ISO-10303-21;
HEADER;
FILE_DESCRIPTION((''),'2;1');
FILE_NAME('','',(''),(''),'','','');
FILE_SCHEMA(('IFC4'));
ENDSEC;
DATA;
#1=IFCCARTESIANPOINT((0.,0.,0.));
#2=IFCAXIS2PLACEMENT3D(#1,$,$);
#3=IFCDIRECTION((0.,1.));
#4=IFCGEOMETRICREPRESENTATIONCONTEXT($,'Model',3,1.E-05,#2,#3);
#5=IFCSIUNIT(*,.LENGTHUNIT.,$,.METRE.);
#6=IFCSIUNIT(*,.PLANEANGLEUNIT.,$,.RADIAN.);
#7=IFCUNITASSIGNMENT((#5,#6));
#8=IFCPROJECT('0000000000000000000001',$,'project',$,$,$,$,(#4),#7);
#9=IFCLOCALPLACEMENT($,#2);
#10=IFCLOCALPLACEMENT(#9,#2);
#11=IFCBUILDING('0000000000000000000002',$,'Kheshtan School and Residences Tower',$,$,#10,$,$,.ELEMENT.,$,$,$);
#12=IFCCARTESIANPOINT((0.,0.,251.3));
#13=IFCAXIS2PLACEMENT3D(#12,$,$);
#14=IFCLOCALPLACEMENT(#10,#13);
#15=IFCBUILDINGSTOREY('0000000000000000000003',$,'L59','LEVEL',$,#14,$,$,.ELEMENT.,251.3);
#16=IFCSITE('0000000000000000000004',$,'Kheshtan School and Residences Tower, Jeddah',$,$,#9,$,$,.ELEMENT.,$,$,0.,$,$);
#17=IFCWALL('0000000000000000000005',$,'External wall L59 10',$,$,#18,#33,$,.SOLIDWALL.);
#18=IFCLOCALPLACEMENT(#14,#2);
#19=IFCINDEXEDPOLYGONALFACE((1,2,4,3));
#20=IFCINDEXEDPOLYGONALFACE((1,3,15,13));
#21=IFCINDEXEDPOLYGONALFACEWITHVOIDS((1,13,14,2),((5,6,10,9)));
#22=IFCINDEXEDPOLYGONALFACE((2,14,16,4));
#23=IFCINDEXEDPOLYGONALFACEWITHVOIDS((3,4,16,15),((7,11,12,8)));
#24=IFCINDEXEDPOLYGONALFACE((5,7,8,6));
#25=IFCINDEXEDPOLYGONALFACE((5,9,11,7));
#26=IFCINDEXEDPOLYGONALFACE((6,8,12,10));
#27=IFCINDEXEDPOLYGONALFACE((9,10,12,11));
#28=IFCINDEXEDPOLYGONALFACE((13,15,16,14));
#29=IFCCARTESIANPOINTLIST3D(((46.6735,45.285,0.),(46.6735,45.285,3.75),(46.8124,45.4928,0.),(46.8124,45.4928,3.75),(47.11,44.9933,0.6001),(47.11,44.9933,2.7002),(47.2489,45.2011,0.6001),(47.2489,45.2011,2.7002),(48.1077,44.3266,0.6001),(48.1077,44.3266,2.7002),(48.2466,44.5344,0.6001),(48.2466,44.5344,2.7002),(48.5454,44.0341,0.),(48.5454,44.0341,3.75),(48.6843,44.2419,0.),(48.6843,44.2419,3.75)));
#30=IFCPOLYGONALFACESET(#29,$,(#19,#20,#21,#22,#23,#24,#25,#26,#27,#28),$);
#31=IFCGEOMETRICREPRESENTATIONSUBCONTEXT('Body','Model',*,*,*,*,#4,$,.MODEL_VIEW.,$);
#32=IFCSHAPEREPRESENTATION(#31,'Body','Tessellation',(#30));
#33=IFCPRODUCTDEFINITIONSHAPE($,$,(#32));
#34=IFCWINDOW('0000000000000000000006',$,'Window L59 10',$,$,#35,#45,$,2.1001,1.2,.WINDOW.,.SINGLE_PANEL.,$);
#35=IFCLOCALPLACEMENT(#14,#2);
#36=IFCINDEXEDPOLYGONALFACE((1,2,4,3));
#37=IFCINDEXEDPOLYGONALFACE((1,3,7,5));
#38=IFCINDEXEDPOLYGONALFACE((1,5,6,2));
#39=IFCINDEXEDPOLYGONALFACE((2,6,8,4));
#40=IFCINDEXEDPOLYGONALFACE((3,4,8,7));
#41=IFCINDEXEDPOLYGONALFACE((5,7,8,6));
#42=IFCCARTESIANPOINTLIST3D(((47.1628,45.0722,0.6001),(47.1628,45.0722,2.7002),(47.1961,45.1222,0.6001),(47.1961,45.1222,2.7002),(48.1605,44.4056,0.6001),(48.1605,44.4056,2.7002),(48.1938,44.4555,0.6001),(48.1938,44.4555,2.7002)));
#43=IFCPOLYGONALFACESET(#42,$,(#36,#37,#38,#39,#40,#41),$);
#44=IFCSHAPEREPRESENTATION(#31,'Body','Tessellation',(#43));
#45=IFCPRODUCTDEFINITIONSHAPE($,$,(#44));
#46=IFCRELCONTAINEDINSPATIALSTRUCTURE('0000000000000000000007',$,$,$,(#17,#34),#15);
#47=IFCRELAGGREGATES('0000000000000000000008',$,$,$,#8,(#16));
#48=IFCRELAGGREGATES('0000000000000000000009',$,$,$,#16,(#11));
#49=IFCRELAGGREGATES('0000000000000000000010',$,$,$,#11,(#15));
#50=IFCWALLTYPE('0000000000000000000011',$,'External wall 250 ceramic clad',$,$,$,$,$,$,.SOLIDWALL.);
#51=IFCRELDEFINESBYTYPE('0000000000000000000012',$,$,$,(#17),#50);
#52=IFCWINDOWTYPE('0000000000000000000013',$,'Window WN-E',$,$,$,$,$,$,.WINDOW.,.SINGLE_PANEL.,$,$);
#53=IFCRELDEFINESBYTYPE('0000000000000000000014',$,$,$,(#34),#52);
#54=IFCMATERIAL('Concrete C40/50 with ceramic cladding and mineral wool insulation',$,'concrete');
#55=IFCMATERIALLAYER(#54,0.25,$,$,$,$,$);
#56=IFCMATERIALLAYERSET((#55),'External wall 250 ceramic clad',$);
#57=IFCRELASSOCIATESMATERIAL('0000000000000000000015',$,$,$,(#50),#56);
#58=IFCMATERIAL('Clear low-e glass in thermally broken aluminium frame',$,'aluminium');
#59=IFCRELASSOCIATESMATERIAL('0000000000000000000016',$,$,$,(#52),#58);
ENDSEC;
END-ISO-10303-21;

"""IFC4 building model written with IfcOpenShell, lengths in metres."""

from ifc_helpers import new_model, si_unit, direction, frame, frame_2d, origin, place, context, subcontext, project, spatial, rectangle, extrude, source, transform, mapped, material, layer, layer_set, type_object, element, fill, save


model = new_model("IFC4")

# Units and contexts
model_context = context("Model", 3, precision=1e-05, world=origin(), true_north=direction((0.0, 1.0)))
body_context = subcontext(model_context, "Body", "Model", "MODEL_VIEW")
ifc_project = project(units=[si_unit("LENGTHUNIT", "METRE"), si_unit("PLANEANGLEUNIT", "RADIAN")], contexts=[model_context])

# Site, building, storey
site_placement = place(None, origin())
site = spatial("IfcSite", under=ifc_project, at=site_placement, Name="Kheshtan School and Residences Tower, Jeddah", CompositionType="ELEMENT", RefElevation=0.0)
building_placement = place(site_placement, origin())
building = spatial("IfcBuilding", under=site, at=building_placement, Name="Kheshtan School and Residences Tower", CompositionType="ELEMENT")
storey_placement = place(building_placement, frame((0.0, 0.0, 251.3)))
storey = spatial("IfcBuildingStorey", under=building, at=storey_placement, Name="L59", Description="LEVEL", CompositionType="ELEMENT", Elevation=251.3)

# Shared definitions
ifc_material_1 = material(Name="Clear low-e glass in thermally broken aluminium frame", Category="aluminium")

# Wall, opening, window
ifc_material_2 = material(Name="Concrete C40/50 with ceramic cladding and mineral wool insulation", Category="concrete")
ifc_layer_1 = layer(ifc_material_2, 0.25)
ifc_layer_set_1 = layer_set([ifc_layer_1], Name="External wall 250 ceramic clad")
wall_type_1 = type_object("IfcWallType", Name="External wall 250 ceramic clad", PredefinedType="SOLIDWALL", material=ifc_layer_set_1)
window_type = type_object("IfcWindowType", Name="Window WN-E", PartitioningType="SINGLE_PANEL", PredefinedType="WINDOW", material=ifc_material_1)
shared_shape_1 = source(origin(), body_context, "Body", "SweptSolid", [
    extrude(rectangle(XDim=1.2, YDim=2.1001, at=frame_2d((0.6001, 1.05))), frame((0.0, 0.03, 0.0), z_axis=(0.0, -1.0, 0.0), x_axis=(1.0, 0.0, 0.0)), (0.0, 0.0, 1.0), 0.0601),
])
wall_1_placement = place(storey_placement, frame((46.7429, 45.3889, 0.0), z_axis=(0.0, 0.0, 1.0), x_axis=(0.831449, -0.555601, 0.0)))
wall_1 = element("IfcWall", 1, at=wall_1_placement, inside=storey, type_object=wall_type_1, Name="External wall L59 10", PredefinedType="SOLIDWALL", context=body_context, shape_type="SweptSolid", body=[
    extrude(rectangle(XDim=2.2515, YDim=0.25, at=frame_2d((1.1257, 0.0))), origin(), (0.0, 0.0, 1.0), 3.75),
])
opening_1_placement = place(wall_1_placement, frame((0.5249, 0.0, 0.6001)))
opening_1 = element("IfcOpeningElement", 2, at=opening_1_placement, cuts=wall_1, PredefinedType="OPENING", context=body_context, shape_type="SweptSolid", body=[
    extrude(rectangle(XDim=1.2, YDim=2.1001, at=frame_2d((0.6001, 1.05))), frame((0.0, 0.135, 0.0), z_axis=(0.0, -1.0, 0.0), x_axis=(1.0, 0.0, 0.0)), (0.0, 0.0, 1.0), 0.27),
])
window_1_placement = place(opening_1_placement, origin())
window_1 = element("IfcWindow", 3, at=window_1_placement, inside=storey, type_object=window_type, Name="Window L59 10", OverallHeight=2.1001, OverallWidth=1.2, PartitioningType="SINGLE_PANEL", PredefinedType="WINDOW", context=body_context, shape_type="MappedRepresentation", body=[
    mapped(shared_shape_1, transform((0.0, 0.0, 0.0), x_axis=(1.0, 0.0, 0.0), y_axis=(0.0, 1.0, 0.0), z_axis=(0.0, 0.0, 1.0), scale=1.0)),
])
fill(opening_1, window_1)

save(model, "model.ifc")
